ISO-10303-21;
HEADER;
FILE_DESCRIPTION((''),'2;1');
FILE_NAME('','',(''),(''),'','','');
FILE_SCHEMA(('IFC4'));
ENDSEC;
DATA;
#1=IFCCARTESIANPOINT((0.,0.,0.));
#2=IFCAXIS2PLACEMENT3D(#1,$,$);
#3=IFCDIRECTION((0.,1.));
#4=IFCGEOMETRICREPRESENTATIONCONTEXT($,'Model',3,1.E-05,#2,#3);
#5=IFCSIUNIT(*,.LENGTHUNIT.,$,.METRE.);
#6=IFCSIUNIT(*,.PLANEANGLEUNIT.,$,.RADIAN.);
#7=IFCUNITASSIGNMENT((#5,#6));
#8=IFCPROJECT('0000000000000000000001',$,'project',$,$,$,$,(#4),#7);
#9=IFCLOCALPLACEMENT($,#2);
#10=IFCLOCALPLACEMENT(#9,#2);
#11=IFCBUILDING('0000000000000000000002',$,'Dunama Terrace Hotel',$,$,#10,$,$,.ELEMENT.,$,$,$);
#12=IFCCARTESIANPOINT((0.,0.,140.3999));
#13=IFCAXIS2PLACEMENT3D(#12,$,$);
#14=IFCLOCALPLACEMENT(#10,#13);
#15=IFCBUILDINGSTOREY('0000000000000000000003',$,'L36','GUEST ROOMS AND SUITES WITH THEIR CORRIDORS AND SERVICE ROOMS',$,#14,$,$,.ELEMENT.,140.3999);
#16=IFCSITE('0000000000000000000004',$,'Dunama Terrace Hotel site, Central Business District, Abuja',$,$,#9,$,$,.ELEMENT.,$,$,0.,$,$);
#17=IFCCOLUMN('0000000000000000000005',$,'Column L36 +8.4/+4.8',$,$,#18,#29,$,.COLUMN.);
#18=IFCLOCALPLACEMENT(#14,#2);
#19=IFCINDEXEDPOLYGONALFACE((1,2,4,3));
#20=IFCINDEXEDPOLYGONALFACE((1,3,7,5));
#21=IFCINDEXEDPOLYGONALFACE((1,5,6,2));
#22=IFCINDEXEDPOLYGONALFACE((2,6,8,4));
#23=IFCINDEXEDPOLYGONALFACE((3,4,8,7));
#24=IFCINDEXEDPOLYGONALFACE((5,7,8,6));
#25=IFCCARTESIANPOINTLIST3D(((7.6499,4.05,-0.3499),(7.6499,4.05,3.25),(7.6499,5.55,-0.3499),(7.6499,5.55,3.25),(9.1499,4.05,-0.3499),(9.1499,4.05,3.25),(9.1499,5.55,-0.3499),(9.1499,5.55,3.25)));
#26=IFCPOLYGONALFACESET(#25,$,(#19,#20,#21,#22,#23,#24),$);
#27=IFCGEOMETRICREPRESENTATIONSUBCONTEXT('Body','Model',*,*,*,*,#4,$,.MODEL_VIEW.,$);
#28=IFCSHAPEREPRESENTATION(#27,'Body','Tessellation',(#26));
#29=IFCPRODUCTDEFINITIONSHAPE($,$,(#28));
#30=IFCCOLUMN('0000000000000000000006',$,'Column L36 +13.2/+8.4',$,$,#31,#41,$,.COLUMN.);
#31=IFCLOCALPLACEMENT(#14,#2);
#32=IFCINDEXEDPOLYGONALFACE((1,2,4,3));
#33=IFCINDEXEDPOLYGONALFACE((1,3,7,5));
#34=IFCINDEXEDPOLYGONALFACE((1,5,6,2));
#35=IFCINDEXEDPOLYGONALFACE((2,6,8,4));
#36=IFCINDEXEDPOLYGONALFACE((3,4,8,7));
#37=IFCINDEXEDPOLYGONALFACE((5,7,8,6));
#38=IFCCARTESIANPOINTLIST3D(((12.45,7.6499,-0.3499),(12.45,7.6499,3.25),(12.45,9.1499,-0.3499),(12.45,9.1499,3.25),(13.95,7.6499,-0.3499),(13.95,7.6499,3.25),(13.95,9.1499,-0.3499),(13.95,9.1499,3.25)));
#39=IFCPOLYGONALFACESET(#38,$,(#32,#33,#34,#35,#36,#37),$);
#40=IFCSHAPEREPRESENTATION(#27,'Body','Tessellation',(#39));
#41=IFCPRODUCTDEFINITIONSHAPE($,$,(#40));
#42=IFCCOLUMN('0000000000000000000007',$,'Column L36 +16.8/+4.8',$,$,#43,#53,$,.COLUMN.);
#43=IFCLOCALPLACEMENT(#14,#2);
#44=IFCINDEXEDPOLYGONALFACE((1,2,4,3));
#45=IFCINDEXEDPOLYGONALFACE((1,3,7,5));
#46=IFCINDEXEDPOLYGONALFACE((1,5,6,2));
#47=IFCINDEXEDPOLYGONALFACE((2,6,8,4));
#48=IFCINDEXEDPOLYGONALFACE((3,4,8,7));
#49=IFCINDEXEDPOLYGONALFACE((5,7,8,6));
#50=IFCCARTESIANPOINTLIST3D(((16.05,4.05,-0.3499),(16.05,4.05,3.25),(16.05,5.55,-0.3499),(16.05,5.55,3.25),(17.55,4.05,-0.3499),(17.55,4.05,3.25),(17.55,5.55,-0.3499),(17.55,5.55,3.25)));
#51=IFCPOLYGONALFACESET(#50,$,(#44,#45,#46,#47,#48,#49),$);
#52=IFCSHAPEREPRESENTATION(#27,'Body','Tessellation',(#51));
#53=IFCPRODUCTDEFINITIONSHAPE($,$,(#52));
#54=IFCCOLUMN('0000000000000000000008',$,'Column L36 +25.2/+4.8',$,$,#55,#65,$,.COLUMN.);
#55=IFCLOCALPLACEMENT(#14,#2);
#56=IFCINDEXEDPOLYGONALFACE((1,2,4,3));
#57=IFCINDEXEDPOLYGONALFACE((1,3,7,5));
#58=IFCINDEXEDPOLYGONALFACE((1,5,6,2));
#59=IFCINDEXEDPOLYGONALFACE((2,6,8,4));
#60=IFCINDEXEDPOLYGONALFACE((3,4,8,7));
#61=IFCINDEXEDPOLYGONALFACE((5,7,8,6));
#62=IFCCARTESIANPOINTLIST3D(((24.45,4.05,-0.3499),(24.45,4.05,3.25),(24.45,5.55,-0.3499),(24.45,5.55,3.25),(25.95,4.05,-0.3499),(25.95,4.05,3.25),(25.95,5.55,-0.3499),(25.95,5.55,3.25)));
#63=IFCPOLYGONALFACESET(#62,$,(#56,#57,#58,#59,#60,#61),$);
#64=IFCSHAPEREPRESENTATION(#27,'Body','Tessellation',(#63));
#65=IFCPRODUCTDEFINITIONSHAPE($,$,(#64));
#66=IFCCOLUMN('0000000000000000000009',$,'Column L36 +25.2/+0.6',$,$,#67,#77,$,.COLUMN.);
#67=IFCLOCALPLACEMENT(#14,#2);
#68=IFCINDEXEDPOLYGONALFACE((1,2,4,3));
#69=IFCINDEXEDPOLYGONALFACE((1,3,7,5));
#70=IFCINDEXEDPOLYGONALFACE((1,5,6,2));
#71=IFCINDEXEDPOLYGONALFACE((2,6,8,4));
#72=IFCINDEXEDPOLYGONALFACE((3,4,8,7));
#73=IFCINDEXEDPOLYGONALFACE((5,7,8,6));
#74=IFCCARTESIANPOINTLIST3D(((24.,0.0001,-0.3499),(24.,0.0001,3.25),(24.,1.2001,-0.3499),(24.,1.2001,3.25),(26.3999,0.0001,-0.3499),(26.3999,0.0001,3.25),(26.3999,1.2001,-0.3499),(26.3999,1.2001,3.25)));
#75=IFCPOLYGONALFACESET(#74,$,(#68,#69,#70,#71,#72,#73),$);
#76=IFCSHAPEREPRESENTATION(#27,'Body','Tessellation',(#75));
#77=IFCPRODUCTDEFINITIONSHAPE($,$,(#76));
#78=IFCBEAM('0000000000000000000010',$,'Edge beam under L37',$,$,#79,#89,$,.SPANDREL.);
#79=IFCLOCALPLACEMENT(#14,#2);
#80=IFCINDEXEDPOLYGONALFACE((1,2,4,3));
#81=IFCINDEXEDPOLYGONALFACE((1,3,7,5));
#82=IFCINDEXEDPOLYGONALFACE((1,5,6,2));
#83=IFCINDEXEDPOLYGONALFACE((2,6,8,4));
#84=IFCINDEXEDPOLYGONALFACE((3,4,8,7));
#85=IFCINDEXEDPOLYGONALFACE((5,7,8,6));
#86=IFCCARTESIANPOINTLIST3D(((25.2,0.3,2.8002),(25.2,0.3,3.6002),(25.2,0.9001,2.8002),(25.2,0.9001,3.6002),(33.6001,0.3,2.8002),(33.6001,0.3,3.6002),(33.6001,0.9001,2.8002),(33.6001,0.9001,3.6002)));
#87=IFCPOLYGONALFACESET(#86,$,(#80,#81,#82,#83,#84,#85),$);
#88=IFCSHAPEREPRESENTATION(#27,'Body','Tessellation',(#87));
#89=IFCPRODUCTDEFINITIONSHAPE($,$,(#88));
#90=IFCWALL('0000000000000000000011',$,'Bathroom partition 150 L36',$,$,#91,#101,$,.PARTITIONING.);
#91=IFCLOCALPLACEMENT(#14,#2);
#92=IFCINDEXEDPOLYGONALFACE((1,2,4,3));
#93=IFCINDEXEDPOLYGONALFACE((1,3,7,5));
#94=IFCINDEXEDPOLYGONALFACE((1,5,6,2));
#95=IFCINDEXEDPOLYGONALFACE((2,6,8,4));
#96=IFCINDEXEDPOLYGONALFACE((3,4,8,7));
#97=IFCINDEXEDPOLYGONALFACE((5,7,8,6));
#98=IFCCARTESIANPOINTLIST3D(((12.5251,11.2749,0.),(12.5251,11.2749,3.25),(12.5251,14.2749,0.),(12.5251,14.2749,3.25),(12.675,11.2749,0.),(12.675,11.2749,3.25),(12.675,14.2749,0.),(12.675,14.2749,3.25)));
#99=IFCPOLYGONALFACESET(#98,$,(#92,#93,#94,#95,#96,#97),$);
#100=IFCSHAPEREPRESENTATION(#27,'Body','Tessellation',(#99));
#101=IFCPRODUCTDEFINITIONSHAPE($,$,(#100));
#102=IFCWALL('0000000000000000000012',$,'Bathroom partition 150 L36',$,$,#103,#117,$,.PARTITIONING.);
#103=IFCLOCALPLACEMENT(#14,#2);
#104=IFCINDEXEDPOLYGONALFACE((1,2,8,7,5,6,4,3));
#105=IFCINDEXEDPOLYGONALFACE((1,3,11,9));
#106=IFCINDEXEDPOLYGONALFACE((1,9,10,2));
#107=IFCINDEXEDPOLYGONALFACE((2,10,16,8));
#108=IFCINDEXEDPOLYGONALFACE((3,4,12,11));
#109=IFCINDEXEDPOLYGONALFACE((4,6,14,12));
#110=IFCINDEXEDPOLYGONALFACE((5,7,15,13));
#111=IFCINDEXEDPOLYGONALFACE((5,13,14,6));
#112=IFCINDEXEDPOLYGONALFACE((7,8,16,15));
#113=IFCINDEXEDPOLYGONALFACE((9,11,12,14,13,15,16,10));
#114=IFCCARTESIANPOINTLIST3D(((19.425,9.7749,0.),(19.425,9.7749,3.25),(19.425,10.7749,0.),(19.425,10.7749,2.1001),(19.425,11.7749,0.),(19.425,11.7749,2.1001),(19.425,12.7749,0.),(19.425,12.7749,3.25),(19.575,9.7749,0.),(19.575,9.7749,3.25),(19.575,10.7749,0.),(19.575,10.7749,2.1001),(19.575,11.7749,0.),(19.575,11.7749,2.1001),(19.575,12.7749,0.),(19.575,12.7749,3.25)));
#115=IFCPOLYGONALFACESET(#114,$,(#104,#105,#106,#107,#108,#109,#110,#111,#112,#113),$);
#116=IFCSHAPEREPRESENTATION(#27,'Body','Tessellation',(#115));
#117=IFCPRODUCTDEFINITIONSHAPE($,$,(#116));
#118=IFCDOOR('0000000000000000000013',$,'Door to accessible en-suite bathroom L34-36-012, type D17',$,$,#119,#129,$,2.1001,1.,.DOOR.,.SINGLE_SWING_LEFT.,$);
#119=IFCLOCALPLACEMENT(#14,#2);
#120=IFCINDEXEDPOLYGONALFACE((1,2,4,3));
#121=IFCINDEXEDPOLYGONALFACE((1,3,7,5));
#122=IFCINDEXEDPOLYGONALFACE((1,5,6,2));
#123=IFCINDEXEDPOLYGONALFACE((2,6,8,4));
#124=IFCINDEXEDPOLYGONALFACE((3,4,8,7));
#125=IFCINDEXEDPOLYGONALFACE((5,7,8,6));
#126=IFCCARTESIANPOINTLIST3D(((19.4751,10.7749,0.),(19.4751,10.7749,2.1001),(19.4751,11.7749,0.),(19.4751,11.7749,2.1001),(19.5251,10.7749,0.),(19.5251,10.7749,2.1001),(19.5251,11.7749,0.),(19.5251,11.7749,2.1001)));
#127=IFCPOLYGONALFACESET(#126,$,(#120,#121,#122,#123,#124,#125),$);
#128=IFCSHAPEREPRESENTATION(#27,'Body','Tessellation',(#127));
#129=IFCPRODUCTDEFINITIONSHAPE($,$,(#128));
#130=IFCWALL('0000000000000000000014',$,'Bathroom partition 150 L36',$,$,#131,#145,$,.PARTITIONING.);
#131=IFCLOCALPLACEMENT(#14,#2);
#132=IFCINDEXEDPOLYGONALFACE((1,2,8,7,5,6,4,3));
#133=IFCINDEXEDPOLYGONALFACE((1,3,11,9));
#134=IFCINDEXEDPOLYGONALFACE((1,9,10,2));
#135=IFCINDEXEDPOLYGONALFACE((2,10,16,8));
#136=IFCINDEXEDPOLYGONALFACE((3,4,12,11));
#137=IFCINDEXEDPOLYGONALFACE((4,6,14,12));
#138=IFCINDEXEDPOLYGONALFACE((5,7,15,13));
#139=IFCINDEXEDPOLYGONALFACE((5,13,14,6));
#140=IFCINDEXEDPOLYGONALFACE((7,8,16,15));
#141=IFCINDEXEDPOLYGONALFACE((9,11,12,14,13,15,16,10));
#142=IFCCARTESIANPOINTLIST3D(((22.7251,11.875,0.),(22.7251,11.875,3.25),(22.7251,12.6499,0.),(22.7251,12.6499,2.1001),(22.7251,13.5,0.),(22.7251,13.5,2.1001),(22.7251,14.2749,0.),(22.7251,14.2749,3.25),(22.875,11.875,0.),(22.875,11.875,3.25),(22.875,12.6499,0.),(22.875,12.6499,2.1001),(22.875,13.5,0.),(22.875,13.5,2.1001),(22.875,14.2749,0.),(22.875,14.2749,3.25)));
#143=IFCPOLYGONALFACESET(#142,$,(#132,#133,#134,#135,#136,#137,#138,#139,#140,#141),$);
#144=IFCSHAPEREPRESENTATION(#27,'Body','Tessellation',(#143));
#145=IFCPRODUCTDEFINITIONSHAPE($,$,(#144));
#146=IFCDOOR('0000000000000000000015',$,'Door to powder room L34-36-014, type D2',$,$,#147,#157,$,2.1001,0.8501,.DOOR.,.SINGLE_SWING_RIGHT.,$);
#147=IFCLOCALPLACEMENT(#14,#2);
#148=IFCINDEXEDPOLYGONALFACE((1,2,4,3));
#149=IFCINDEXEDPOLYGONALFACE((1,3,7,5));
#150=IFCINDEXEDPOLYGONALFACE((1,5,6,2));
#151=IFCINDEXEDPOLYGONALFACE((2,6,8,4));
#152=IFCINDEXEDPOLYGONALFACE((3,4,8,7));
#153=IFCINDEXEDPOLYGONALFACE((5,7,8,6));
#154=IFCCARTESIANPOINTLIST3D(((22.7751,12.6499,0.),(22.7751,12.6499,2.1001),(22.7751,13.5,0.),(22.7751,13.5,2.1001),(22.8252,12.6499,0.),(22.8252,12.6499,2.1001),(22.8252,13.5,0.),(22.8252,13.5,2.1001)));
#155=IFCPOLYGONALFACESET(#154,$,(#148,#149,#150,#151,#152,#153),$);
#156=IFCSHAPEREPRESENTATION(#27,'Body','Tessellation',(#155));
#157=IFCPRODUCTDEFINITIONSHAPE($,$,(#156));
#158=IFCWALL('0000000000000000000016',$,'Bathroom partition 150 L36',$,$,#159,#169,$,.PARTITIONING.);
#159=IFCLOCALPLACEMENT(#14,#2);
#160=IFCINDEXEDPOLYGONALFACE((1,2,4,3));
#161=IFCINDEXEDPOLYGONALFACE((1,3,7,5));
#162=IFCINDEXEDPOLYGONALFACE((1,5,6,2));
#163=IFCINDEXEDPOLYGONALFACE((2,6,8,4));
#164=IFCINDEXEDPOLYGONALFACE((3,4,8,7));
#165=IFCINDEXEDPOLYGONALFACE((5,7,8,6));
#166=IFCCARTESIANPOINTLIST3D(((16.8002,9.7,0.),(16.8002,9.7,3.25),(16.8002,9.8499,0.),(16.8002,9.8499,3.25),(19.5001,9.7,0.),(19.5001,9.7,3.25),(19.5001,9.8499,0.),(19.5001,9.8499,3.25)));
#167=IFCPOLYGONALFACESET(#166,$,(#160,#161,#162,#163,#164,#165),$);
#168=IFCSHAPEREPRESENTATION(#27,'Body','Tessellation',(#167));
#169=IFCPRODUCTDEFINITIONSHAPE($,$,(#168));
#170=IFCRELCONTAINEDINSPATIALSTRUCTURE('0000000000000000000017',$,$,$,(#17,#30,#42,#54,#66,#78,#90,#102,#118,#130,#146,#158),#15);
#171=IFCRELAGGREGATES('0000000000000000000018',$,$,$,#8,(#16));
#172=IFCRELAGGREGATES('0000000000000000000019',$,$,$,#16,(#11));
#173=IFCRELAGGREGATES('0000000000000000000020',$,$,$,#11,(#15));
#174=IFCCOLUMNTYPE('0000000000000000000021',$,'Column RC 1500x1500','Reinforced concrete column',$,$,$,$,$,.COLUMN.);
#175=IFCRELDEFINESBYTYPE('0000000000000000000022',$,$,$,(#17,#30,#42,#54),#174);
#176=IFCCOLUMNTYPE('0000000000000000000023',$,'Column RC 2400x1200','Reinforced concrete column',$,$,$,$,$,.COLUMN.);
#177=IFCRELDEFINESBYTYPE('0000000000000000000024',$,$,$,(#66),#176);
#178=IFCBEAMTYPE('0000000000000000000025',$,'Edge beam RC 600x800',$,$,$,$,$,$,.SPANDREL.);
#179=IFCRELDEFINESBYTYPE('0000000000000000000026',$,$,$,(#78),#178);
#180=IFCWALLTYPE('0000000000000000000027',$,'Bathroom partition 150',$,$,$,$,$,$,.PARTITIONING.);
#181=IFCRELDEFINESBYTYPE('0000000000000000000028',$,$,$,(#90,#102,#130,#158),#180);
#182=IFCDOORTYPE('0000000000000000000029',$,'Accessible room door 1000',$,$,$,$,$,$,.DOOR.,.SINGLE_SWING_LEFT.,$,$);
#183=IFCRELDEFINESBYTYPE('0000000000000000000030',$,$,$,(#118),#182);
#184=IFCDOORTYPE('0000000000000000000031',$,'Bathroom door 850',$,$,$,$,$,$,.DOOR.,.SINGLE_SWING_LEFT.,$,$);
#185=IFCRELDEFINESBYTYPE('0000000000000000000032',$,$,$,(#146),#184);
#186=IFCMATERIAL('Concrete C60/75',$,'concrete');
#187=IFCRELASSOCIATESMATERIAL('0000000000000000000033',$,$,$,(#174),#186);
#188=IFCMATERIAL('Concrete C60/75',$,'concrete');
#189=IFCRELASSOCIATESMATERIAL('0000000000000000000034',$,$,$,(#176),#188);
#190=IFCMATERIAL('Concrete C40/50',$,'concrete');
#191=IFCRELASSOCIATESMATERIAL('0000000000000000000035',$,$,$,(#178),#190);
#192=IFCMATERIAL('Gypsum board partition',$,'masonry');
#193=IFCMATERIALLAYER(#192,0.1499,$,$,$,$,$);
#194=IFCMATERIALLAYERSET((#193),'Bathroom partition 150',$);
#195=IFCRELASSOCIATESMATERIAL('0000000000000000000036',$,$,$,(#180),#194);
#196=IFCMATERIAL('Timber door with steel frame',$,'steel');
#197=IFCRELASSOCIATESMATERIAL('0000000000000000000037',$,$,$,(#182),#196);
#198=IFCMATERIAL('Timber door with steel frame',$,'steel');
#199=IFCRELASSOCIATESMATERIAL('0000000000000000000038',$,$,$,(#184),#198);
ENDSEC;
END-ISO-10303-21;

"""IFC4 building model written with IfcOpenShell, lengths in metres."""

from ifc_helpers import new_model, si_unit, direction, frame, frame_2d, origin, origin_2d, place, context, subcontext, project, spatial, rectangle, extrude, material, layer, layer_set, material_profile, profile_set, type_object, element, fill, save


model = new_model("IFC4")

# Units and contexts
model_context = context("Model", 3, precision=1e-05, world=origin(), true_north=direction((0.0, 1.0)))
body_context = subcontext(model_context, "Body", "Model", "MODEL_VIEW")
ifc_project = project(units=[si_unit("LENGTHUNIT", "METRE"), si_unit("PLANEANGLEUNIT", "RADIAN")], contexts=[model_context])

# Site, building, storey
site_placement = place(None, origin())
site = spatial("IfcSite", under=ifc_project, at=site_placement, Name="Dunama Terrace Hotel site, Central Business District, Abuja", CompositionType="ELEMENT", RefElevation=0.0)
building_placement = place(site_placement, origin())
building = spatial("IfcBuilding", under=site, at=building_placement, Name="Dunama Terrace Hotel", CompositionType="ELEMENT")
storey_placement = place(building_placement, frame((0.0, 0.0, 140.3999)))
storey = spatial("IfcBuildingStorey", under=building, at=storey_placement, Name="L36", Description="GUEST ROOMS AND SUITES WITH THEIR CORRIDORS AND SERVICE ROOMS", CompositionType="ELEMENT", Elevation=140.3999)

# Columns
ifc_material_1 = material(Name="Concrete C60/75", Category="concrete")
ifc_material_profile_1 = material_profile(ifc_material_1, rectangle(XDim=1.5, YDim=1.5, at=origin_2d()), Name="RC 1500x1500")
ifc_profile_set_1 = profile_set([ifc_material_profile_1], Name="Concrete C60/75")
column_type_1 = type_object("IfcColumnType", Name="Column RC 1500x1500", Description="Reinforced concrete column", PredefinedType="COLUMN", material=ifc_profile_set_1)
for number, where, z_axis, x_axis, name in (
    (1, (8.3999, 4.8, -0.3499), (0.0, 0.0, 1.0), (1.0, 0.0, 0.0), "Column L36 +8.4/+4.8"),
    (2, (13.2, 8.3999, -0.3499), (0.0, 0.0, 1.0), (1.0, 0.0, 0.0), "Column L36 +13.2/+8.4"),
    (3, (16.8, 4.8, -0.3499), (0.0, 0.0, 1.0), (1.0, 0.0, 0.0), "Column L36 +16.8/+4.8"),
    (4, (25.2, 4.8, -0.3499), (0.0, 0.0, 1.0), (1.0, 0.0, 0.0), "Column L36 +25.2/+4.8"),
):
    element("IfcColumn", number, at=place(storey_placement, frame(where, z_axis=z_axis, x_axis=x_axis)), inside=storey, type_object=column_type_1, Name=name, PredefinedType="COLUMN", context=body_context, shape_type="SweptSolid", body=[
        extrude(rectangle(XDim=1.5, YDim=1.5, at=origin_2d()), origin(), (0.0, 0.0, 1.0), 3.5999),
    ])
ifc_material_2 = material(Name="Concrete C60/75", Category="concrete")
ifc_material_profile_2 = material_profile(ifc_material_2, rectangle(XDim=2.3999, YDim=1.2, at=origin_2d()), Name="RC 2400x1200")
ifc_profile_set_2 = profile_set([ifc_material_profile_2], Name="Concrete C60/75")
column_type_2 = type_object("IfcColumnType", Name="Column RC 2400x1200", Description="Reinforced concrete column", PredefinedType="COLUMN", material=ifc_profile_set_2)
column_placement = place(storey_placement, frame((25.2, 0.6001, -0.3499), z_axis=(0.0, 0.0, 1.0), x_axis=(1.0, 0.0, 0.0)))
element("IfcColumn", 5, at=column_placement, inside=storey, type_object=column_type_2, Name="Column L36 +25.2/+0.6", PredefinedType="COLUMN", context=body_context, shape_type="SweptSolid", body=[
    extrude(rectangle(XDim=2.3999, YDim=1.2, at=origin_2d()), origin(), (0.0, 0.0, 1.0), 3.5999),
])

# Beam
ifc_material_3 = material(Name="Concrete C40/50", Category="concrete")
ifc_material_profile_3 = material_profile(ifc_material_3, rectangle(XDim=0.6001, YDim=0.8, at=origin_2d()), Name="RC 600x800")
ifc_profile_set_3 = profile_set([ifc_material_profile_3], Name="Concrete C40/50")
beam_type = type_object("IfcBeamType", Name="Edge beam RC 600x800", PredefinedType="SPANDREL", material=ifc_profile_set_3)
beam_placement = place(storey_placement, frame((25.2, 0.6001, 3.2002), z_axis=(1.0, 0.0, 0.0), x_axis=(0.0, 1.0, 0.0)))
element("IfcBeam", 6, at=beam_placement, inside=storey, type_object=beam_type, Name="Edge beam under L37", PredefinedType="SPANDREL", context=body_context, shape_type="SweptSolid", body=[
    extrude(rectangle(XDim=0.6001, YDim=0.8, at=origin_2d()), origin(), (0.0, 0.0, 1.0), 8.4001),
])

# Wall
ifc_material_4 = material(Name="Gypsum board partition", Category="masonry")
ifc_layer = layer(ifc_material_4, 0.1499)
ifc_layer_set = layer_set([ifc_layer], Name="Bathroom partition 150")
wall_type = type_object("IfcWallType", Name="Bathroom partition 150", PredefinedType="PARTITIONING", material=ifc_layer_set)
wall_1_placement = place(storey_placement, frame((12.6001, 11.2749, 0.0), z_axis=(0.0, 0.0, 1.0), x_axis=(0.0, 1.0, 0.0)))
element("IfcWall", 7, at=wall_1_placement, inside=storey, type_object=wall_type, Name="Bathroom partition 150 L36", PredefinedType="PARTITIONING", context=body_context, shape_type="SweptSolid", body=[
    extrude(rectangle(XDim=3.0, YDim=0.1499, at=frame_2d((1.5, 0.0))), origin(), (0.0, 0.0, 1.0), 3.25),
])

# Walls, openings, doors
wall_2_placement = place(storey_placement, frame((19.5, 9.7749, 0.0), z_axis=(0.0, 0.0, 1.0), x_axis=(0.0, 1.0, 0.0)))
wall_2 = element("IfcWall", 8, at=wall_2_placement, inside=storey, type_object=wall_type, Name="Bathroom partition 150 L36", PredefinedType="PARTITIONING", context=body_context, shape_type="SweptSolid", body=[
    extrude(rectangle(XDim=3.0, YDim=0.1499, at=frame_2d((1.5, 0.0))), origin(), (0.0, 0.0, 1.0), 3.25),
])
opening_1_placement = place(wall_2_placement, frame((1.0, 0.0, 0.0)))
opening_1 = element("IfcOpeningElement", 9, at=opening_1_placement, cuts=wall_2, PredefinedType="OPENING", context=body_context, shape_type="SweptSolid", body=[
    extrude(rectangle(XDim=1.0, YDim=2.1001, at=frame_2d((0.5, 1.05))), frame((0.0, 0.085, 0.0), z_axis=(0.0, -1.0, 0.0), x_axis=(1.0, 0.0, 0.0)), (0.0, 0.0, 1.0), 0.1699),
])
ifc_material_5 = material(Name="Timber door with steel frame", Category="steel")
door_type_1 = type_object("IfcDoorType", Name="Accessible room door 1000", OperationType="SINGLE_SWING_LEFT", PredefinedType="DOOR", material=ifc_material_5)
door_1_placement = place(opening_1_placement, origin())
door_1 = element("IfcDoor", 10, at=door_1_placement, inside=storey, type_object=door_type_1, Name="Door to accessible en-suite bathroom L34-36-012, type D17", OperationType="SINGLE_SWING_LEFT", OverallHeight=2.1001, OverallWidth=1.0, PredefinedType="DOOR", context=body_context, shape_type="SweptSolid", body=[
    extrude(rectangle(XDim=1.0, YDim=2.1001, at=frame_2d((0.5, 1.05))), frame((0.0, 0.0249, 0.0), z_axis=(0.0, -1.0, 0.0), x_axis=(1.0, 0.0, 0.0)), (0.0, 0.0, 1.0), 0.05),
])
fill(opening_1, door_1)
wall_3_placement = place(storey_placement, frame((22.8, 11.875, 0.0), z_axis=(0.0, 0.0, 1.0), x_axis=(0.0, 1.0, 0.0)))
wall_3 = element("IfcWall", 11, at=wall_3_placement, inside=storey, type_object=wall_type, Name="Bathroom partition 150 L36", PredefinedType="PARTITIONING", context=body_context, shape_type="SweptSolid", body=[
    extrude(rectangle(XDim=2.3999, YDim=0.1499, at=frame_2d((1.2, 0.0))), origin(), (0.0, 0.0, 1.0), 3.25),
])
opening_2_placement = place(wall_3_placement, frame((0.7749, 0.0, 0.0)))
opening_2 = element("IfcOpeningElement", 12, at=opening_2_placement, cuts=wall_3, PredefinedType="OPENING", context=body_context, shape_type="SweptSolid", body=[
    extrude(rectangle(XDim=0.8501, YDim=2.1001, at=frame_2d((0.425, 1.05))), frame((0.0, 0.085, 0.0), z_axis=(0.0, -1.0, 0.0), x_axis=(1.0, 0.0, 0.0)), (0.0, 0.0, 1.0), 0.1699),
])
ifc_material_6 = material(Name="Timber door with steel frame", Category="steel")
door_type_2 = type_object("IfcDoorType", Name="Bathroom door 850", OperationType="SINGLE_SWING_LEFT", PredefinedType="DOOR", material=ifc_material_6)
door_2_placement = place(opening_2_placement, origin())
door_2 = element("IfcDoor", 13, at=door_2_placement, inside=storey, type_object=door_type_2, Name="Door to powder room L34-36-014, type D2", OperationType="SINGLE_SWING_RIGHT", OverallHeight=2.1001, OverallWidth=0.8501, PredefinedType="DOOR", context=body_context, shape_type="SweptSolid", body=[
    extrude(rectangle(XDim=0.8501, YDim=2.1001, at=frame_2d((0.425, 1.05))), frame((0.0, 0.0249, 0.0), z_axis=(0.0, -1.0, 0.0), x_axis=(1.0, 0.0, 0.0)), (0.0, 0.0, 1.0), 0.05),
])
fill(opening_2, door_2)

# Wall
wall_4_placement = place(storey_placement, frame((16.8, 9.7749, 0.0), z_axis=(0.0, 0.0, 1.0), x_axis=(1.0, 0.0, 0.0)))
element("IfcWall", 14, at=wall_4_placement, inside=storey, type_object=wall_type, Name="Bathroom partition 150 L36", PredefinedType="PARTITIONING", context=body_context, shape_type="SweptSolid", body=[
    extrude(rectangle(XDim=2.7, YDim=0.1499, at=frame_2d((1.3501, 0.0))), origin(), (0.0, 0.0, 1.0), 3.25),
])

save(model, "model.ifc")
